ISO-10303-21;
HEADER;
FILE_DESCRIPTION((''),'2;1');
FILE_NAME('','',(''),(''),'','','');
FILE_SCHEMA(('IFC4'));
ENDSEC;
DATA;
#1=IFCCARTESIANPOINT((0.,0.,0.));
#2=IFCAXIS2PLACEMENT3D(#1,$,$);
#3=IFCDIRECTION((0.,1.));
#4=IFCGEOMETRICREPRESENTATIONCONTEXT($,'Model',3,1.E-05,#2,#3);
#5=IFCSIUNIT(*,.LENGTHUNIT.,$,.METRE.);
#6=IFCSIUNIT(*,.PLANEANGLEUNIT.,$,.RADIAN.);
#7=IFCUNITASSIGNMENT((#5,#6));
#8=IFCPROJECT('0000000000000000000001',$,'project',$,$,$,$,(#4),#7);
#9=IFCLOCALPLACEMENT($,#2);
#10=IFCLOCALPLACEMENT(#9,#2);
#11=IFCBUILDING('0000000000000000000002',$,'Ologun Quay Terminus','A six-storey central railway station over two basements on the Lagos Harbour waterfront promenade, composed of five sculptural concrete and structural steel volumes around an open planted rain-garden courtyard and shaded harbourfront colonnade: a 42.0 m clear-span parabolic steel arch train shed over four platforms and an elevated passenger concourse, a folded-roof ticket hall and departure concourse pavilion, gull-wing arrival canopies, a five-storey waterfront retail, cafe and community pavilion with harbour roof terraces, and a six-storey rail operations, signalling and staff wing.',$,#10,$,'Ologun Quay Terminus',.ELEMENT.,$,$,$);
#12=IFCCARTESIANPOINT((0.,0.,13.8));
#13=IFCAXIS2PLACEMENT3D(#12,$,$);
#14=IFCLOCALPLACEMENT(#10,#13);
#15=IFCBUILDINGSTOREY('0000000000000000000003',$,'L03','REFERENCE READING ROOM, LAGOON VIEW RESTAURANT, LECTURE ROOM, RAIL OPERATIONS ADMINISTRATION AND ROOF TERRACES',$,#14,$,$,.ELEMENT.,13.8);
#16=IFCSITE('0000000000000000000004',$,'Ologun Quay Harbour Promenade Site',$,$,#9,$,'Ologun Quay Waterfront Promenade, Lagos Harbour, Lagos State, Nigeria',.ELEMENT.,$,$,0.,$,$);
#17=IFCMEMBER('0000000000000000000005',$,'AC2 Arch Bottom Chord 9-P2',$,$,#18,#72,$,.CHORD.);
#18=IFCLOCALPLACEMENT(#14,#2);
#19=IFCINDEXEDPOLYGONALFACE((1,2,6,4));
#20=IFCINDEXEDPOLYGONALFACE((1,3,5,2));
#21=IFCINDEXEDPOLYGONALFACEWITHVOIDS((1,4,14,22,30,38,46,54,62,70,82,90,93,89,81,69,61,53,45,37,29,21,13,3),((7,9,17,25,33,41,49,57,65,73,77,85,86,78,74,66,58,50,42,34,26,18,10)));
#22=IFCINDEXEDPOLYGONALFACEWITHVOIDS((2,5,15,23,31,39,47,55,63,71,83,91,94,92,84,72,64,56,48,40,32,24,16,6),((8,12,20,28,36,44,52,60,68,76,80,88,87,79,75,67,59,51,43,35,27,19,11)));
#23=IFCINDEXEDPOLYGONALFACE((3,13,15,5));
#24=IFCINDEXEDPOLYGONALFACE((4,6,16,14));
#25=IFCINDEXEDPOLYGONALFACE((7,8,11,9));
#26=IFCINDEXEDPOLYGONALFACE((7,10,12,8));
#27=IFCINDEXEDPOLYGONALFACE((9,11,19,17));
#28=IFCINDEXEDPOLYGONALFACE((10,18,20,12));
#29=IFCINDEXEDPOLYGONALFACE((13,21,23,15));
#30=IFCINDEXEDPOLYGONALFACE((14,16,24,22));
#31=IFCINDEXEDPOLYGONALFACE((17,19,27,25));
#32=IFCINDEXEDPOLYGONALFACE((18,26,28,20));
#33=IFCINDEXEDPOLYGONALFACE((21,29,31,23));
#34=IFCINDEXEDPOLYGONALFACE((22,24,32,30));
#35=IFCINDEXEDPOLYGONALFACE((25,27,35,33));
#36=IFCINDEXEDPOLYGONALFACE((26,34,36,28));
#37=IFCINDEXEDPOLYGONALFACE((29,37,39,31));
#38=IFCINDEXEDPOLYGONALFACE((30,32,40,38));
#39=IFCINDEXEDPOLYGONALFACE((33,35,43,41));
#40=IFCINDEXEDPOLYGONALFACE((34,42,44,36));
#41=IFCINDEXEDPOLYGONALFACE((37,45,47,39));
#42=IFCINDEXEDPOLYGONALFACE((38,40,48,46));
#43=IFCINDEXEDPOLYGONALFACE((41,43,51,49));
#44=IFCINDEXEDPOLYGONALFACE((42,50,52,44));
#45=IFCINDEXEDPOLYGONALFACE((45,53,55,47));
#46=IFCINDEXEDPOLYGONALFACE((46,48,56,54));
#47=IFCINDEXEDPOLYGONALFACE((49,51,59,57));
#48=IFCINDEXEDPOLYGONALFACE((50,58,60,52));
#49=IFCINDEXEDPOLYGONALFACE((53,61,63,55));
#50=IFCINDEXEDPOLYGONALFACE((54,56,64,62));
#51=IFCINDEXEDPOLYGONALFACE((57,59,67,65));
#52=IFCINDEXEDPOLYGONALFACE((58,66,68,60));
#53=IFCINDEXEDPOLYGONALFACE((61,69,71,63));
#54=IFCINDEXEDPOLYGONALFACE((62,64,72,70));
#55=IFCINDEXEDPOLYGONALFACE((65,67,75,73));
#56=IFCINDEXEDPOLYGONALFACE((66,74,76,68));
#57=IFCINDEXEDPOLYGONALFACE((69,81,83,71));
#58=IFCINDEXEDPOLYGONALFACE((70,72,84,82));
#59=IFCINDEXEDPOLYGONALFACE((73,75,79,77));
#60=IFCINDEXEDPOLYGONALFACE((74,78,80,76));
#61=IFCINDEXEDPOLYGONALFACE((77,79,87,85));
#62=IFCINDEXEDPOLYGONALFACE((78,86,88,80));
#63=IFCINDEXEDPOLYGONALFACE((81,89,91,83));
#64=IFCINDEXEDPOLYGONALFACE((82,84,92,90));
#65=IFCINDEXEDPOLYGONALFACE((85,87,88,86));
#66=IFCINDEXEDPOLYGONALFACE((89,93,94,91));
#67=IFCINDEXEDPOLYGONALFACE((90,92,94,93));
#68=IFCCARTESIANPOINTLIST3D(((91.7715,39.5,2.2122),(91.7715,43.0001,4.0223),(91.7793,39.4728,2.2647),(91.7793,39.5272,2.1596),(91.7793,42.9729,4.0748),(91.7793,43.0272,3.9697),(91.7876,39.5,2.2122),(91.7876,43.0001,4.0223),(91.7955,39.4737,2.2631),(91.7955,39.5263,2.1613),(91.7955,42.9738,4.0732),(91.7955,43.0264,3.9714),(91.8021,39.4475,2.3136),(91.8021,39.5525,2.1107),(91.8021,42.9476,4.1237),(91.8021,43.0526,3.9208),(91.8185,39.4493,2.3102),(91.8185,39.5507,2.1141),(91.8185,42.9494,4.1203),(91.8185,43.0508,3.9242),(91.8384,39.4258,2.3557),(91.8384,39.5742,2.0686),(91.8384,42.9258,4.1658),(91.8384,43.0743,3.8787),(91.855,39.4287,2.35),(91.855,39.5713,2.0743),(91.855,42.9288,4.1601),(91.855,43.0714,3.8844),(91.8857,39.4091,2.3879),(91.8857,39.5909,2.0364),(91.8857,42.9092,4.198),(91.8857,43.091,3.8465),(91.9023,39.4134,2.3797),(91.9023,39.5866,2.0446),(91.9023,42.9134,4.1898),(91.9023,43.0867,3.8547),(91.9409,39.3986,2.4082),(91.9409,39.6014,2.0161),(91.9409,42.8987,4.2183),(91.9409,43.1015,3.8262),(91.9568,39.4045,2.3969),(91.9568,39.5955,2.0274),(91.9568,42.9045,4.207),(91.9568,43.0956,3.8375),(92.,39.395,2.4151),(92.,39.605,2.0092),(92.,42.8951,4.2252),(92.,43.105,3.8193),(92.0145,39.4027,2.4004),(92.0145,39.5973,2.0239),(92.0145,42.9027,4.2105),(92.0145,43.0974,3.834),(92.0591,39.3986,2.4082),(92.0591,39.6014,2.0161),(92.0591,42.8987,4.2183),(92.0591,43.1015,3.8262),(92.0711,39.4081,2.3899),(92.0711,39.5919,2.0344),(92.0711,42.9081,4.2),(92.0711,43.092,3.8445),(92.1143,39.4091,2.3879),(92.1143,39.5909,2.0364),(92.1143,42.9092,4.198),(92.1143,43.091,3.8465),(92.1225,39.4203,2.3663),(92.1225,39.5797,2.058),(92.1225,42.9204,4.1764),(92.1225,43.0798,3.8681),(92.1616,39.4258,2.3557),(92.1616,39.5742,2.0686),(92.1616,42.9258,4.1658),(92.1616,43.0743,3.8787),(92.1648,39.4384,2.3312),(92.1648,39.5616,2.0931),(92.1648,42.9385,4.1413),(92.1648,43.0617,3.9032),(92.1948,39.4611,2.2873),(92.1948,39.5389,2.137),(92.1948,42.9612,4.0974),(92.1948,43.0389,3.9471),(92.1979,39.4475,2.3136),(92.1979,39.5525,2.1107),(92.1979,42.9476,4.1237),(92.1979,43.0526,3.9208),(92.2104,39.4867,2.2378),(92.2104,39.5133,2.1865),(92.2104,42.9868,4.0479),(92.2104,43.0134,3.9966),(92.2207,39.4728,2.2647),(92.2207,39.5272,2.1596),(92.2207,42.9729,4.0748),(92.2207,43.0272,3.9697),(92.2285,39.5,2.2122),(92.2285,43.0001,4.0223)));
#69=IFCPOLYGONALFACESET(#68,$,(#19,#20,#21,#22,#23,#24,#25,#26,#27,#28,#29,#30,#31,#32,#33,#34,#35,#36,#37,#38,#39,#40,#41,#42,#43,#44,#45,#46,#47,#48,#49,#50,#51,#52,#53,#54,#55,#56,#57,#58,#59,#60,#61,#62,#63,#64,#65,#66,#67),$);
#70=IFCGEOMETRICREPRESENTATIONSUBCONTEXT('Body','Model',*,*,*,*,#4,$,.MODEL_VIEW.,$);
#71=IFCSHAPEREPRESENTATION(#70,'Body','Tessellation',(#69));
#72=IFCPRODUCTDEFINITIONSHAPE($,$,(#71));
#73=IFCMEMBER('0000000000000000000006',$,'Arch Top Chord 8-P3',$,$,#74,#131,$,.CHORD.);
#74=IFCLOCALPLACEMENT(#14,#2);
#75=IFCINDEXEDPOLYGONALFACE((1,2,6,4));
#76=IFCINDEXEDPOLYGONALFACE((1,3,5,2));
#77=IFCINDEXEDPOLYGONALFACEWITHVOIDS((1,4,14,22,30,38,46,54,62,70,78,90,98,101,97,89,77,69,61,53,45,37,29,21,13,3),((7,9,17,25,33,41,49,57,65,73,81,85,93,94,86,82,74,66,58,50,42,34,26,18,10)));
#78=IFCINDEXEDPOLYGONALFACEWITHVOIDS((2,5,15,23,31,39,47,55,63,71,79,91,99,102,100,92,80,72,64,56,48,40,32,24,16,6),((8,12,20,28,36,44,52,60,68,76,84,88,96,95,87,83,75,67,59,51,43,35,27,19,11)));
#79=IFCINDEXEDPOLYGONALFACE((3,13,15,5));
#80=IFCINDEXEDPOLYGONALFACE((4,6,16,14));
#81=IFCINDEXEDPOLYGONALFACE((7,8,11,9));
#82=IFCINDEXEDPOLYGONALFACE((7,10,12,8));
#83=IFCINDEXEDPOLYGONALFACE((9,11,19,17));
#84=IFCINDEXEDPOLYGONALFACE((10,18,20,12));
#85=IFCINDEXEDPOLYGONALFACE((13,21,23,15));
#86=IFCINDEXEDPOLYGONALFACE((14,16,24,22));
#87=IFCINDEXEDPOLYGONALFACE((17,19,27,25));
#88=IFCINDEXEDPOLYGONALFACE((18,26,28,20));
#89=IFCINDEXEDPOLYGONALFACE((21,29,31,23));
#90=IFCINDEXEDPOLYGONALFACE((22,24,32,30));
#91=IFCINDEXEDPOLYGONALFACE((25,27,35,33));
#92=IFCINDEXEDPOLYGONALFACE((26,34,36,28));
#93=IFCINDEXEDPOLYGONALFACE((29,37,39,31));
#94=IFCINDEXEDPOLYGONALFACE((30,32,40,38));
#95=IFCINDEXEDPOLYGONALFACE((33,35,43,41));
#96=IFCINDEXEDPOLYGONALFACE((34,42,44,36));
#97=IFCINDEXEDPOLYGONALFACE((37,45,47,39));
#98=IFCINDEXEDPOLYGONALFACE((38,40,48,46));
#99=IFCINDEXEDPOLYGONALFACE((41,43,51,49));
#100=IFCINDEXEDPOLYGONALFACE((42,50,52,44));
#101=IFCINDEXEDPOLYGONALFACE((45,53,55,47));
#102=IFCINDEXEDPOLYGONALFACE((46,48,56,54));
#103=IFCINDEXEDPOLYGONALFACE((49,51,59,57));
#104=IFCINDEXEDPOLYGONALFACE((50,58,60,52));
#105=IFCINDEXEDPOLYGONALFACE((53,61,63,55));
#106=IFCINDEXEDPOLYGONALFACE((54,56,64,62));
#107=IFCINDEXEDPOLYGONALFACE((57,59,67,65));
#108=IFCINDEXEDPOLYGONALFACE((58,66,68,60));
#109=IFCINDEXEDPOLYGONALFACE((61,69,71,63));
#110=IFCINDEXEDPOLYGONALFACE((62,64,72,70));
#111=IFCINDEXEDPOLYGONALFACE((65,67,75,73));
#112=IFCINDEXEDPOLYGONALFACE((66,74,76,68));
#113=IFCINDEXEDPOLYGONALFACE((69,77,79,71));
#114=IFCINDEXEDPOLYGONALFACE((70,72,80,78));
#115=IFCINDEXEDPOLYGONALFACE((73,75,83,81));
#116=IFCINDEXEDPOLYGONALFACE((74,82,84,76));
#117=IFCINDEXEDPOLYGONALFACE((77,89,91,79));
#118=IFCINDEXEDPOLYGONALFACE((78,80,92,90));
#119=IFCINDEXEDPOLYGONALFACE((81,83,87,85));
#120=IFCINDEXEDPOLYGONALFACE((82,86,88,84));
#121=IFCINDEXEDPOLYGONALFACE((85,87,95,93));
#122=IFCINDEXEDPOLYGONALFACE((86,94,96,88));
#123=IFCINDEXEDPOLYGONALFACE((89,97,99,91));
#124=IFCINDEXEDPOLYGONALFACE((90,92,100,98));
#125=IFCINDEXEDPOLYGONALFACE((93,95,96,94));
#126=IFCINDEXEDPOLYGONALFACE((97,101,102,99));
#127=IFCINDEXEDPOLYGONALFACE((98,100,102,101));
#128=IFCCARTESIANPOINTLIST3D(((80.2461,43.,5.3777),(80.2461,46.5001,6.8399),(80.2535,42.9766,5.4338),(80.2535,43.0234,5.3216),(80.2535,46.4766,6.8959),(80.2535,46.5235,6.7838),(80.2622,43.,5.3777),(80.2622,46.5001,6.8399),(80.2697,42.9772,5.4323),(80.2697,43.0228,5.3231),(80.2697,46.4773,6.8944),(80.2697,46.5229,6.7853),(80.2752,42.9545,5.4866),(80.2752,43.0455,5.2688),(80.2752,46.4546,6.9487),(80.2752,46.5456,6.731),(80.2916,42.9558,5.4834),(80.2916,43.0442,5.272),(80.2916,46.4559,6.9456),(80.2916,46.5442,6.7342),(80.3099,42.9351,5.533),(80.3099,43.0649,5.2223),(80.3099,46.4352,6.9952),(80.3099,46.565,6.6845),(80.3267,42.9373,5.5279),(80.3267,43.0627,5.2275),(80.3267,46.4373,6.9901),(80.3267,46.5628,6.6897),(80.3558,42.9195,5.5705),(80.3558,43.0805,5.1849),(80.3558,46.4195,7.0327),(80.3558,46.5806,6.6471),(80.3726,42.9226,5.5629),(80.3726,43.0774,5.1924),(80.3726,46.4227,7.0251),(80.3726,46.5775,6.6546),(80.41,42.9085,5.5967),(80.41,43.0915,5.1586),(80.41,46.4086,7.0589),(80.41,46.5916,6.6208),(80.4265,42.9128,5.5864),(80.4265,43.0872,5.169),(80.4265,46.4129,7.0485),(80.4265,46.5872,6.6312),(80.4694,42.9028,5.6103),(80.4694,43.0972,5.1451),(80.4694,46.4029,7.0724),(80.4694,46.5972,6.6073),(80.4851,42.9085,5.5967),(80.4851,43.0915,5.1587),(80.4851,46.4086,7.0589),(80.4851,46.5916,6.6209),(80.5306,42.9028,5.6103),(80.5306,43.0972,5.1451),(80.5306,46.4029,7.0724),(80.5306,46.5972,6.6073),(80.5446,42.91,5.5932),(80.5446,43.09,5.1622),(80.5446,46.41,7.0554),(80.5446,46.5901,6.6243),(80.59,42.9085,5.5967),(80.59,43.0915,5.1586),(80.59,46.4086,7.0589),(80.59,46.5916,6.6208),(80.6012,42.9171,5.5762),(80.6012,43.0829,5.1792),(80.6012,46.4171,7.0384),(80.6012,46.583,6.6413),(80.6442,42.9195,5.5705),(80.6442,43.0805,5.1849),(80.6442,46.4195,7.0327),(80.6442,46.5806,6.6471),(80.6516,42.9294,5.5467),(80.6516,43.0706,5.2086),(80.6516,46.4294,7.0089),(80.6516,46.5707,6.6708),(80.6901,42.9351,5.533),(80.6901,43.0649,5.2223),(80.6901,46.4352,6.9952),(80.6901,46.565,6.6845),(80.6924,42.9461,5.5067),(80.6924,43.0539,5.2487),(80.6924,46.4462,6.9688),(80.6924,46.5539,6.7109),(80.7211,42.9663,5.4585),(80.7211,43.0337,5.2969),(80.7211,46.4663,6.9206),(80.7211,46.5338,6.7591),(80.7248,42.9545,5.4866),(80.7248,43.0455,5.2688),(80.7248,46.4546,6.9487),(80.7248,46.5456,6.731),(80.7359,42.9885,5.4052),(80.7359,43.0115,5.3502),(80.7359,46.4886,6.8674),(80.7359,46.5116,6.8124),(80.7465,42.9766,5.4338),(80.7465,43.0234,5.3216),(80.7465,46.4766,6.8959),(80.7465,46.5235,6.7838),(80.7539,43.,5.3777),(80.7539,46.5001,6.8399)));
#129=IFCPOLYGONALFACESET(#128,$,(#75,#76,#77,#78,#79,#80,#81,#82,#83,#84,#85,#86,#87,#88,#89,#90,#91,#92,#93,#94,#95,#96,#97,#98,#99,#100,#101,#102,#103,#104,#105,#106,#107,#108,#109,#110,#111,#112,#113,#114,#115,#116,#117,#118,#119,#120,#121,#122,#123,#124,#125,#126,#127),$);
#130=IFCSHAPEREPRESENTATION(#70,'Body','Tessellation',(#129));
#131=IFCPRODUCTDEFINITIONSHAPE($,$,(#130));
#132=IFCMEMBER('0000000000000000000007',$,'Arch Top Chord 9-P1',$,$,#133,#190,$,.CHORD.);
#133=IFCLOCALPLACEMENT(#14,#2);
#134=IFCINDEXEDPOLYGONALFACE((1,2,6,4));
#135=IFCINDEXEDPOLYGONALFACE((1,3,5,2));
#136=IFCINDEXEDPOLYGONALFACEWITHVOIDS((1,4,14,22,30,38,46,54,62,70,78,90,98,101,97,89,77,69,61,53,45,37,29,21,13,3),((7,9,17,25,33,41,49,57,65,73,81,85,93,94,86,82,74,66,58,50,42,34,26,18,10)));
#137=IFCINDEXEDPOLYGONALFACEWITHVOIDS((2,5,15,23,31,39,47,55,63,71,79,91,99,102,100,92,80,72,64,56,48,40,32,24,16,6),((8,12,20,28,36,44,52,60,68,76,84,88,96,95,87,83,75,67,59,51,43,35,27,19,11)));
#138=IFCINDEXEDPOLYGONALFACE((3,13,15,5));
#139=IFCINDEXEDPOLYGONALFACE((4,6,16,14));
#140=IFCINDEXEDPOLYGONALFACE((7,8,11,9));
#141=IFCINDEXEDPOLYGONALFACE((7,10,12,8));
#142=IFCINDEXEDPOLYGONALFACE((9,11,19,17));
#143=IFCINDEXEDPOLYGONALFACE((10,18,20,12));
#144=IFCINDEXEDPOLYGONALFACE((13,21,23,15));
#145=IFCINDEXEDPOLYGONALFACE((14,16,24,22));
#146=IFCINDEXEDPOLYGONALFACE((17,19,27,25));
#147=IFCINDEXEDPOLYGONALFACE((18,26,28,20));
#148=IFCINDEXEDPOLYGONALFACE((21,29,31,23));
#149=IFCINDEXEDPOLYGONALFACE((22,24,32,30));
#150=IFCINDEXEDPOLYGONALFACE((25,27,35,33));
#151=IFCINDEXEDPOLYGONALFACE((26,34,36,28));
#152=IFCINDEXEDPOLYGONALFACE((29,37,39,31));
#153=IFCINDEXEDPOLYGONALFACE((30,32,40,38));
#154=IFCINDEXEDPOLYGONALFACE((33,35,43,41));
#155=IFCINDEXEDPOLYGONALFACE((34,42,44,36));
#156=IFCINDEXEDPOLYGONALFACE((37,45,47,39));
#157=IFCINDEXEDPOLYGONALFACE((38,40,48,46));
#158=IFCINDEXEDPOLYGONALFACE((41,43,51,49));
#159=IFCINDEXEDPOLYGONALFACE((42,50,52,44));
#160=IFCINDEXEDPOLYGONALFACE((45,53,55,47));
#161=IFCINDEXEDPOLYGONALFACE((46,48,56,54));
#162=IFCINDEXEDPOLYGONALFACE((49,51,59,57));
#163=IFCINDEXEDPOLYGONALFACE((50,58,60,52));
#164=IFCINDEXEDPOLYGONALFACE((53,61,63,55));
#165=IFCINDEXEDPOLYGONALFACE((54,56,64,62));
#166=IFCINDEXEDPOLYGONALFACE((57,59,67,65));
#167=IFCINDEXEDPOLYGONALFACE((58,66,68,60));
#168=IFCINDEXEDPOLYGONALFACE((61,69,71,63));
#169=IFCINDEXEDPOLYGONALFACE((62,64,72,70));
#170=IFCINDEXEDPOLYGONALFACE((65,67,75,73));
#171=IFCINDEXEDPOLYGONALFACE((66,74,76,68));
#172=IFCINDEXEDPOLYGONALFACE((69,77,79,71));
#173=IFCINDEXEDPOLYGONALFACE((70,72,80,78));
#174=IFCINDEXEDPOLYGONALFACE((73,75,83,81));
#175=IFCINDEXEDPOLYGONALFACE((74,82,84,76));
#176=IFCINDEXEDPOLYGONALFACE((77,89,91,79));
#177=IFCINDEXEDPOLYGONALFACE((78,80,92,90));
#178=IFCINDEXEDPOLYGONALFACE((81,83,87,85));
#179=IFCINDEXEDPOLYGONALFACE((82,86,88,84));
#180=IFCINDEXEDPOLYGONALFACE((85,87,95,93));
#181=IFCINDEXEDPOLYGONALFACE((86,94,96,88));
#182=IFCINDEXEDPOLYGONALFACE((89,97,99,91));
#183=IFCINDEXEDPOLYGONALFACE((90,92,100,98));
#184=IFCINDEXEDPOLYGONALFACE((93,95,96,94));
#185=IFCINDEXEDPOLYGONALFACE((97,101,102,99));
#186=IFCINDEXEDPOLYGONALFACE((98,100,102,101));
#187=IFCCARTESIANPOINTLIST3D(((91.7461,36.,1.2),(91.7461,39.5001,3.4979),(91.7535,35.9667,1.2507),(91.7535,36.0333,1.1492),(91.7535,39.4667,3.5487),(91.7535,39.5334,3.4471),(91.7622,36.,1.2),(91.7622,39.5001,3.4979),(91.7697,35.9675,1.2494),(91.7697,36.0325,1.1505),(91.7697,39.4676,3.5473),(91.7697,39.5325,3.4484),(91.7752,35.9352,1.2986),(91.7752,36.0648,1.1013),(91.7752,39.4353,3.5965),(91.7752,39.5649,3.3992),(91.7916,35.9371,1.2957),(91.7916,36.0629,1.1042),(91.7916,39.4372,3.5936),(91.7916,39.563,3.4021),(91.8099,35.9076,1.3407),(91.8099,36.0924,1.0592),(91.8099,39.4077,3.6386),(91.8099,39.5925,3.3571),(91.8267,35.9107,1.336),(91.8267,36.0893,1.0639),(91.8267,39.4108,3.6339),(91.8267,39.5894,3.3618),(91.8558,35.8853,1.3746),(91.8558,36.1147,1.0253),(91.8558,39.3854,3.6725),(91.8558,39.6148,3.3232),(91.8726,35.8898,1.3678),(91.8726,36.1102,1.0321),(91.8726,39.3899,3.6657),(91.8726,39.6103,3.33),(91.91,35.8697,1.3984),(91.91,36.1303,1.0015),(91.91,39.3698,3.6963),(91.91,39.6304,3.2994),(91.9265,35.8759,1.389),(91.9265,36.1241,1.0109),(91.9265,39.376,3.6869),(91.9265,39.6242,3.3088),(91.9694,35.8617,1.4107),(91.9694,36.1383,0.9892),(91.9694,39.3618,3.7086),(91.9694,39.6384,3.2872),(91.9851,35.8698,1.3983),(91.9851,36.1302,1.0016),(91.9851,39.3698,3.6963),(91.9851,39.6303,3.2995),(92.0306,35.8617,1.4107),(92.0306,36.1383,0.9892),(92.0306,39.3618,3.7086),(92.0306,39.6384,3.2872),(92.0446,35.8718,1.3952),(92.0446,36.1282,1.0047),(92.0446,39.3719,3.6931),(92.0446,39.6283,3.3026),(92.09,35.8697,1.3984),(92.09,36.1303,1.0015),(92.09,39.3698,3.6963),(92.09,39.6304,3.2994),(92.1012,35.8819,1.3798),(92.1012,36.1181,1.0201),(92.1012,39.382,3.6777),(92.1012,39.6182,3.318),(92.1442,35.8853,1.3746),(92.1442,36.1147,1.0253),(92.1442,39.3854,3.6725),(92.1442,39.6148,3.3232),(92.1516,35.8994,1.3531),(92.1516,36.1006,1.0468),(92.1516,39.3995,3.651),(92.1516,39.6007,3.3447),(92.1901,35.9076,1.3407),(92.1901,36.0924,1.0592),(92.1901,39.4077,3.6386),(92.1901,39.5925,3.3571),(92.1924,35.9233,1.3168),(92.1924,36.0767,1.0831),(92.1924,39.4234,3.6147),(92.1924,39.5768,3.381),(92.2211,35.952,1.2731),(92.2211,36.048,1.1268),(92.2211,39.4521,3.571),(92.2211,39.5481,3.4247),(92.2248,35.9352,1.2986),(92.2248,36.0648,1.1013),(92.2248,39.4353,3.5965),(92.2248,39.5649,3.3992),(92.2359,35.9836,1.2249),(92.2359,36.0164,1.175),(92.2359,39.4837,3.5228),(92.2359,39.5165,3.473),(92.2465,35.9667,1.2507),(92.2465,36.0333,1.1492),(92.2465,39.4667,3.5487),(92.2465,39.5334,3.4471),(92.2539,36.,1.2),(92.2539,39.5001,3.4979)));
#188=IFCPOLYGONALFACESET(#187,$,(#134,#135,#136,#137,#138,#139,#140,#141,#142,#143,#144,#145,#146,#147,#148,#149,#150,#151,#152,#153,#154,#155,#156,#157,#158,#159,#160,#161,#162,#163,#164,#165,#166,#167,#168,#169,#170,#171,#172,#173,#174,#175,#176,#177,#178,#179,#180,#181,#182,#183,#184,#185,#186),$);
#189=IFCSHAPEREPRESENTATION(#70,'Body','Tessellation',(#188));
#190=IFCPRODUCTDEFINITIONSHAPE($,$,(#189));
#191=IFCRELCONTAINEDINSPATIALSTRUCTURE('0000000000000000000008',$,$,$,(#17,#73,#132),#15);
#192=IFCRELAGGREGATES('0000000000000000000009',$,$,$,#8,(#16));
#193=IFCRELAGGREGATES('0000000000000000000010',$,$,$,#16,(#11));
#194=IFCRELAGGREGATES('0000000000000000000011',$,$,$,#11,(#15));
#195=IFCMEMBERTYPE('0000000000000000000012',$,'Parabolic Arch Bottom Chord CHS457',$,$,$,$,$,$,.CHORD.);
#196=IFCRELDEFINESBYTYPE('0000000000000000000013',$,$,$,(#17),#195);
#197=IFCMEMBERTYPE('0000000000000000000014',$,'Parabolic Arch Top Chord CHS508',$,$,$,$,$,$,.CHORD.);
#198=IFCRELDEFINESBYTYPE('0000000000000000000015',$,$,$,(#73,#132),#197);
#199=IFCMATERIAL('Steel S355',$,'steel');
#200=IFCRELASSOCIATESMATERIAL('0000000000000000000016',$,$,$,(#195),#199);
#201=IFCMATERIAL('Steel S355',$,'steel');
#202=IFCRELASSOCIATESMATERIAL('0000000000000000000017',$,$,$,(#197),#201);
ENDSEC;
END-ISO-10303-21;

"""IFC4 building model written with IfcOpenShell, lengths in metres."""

from ifc_helpers import new_model, si_unit, direction, frame, origin, origin_2d, place, context, subcontext, project, spatial, hollow_circle, extrude, material, material_profile, profile_set, type_object, element, save


model = new_model("IFC4")

# Units and contexts
model_context = context("Model", 3, precision=1e-05, world=origin(), true_north=direction((0.0, 1.0)))
body_context = subcontext(model_context, "Body", "Model", "MODEL_VIEW")
ifc_project = project(units=[si_unit("LENGTHUNIT", "METRE"), si_unit("PLANEANGLEUNIT", "RADIAN")], contexts=[model_context])

# Site, building, storey
site_placement = place(None, origin())
site = spatial("IfcSite", under=ifc_project, at=site_placement, Name="Ologun Quay Harbour Promenade Site", LongName="Ologun Quay Waterfront Promenade, Lagos Harbour, Lagos State, Nigeria", CompositionType="ELEMENT", RefElevation=0.0)
building_placement = place(site_placement, origin())
building = spatial("IfcBuilding", under=site, at=building_placement, Name="Ologun Quay Terminus", Description="A six-storey central railway station over two basements on the Lagos Harbour waterfront promenade, composed of five sculptural concrete and structural steel volumes around an open planted rain-garden courtyard and shaded harbourfront colonnade: a 42.0 m clear-span parabolic steel arch train shed over four platforms and an elevated passenger concourse, a folded-roof ticket hall and departure concourse pavilion, gull-wing arrival canopies, a five-storey waterfront retail, cafe and community pavilion with harbour roof terraces, and a six-storey rail operations, signalling and staff wing.", LongName="Ologun Quay Terminus", CompositionType="ELEMENT")
storey_placement = place(building_placement, frame((0.0, 0.0, 13.8)))
storey = spatial("IfcBuildingStorey", under=building, at=storey_placement, Name="L03", Description="REFERENCE READING ROOM, LAGOON VIEW RESTAURANT, LECTURE ROOM, RAIL OPERATIONS ADMINISTRATION AND ROOF TERRACES", CompositionType="ELEMENT", Elevation=13.8)

# Members
ifc_material_1 = material(Name="Steel S355", Category="steel")
ifc_material_profile_1 = material_profile(ifc_material_1, hollow_circle(Radius=0.2285, WallThickness=0.0161, at=origin_2d()), Name="CHS 457x16")
ifc_profile_set_1 = profile_set([ifc_material_profile_1], Name="Steel S355")
member_type_1 = type_object("IfcMemberType", Name="Parabolic Arch Bottom Chord CHS457", PredefinedType="CHORD", material=ifc_profile_set_1)
member_1_placement = place(storey_placement, frame((92.0, 39.5, 2.2122), z_axis=(0.0, 0.888247, 0.459366), x_axis=(-1.0, 0.0, 0.0)))
element("IfcMember", 1, at=member_1_placement, inside=storey, type_object=member_type_1, Name="AC2 Arch Bottom Chord 9-P2", PredefinedType="CHORD", context=body_context, shape_type="SweptSolid", body=[
    extrude(hollow_circle(Radius=0.2285, WallThickness=0.0161, at=origin_2d()), origin(), (0.0, 0.0, 1.0), 3.9404),
])
ifc_material_2 = material(Name="Steel S355", Category="steel")
ifc_material_profile_2 = material_profile(ifc_material_2, hollow_circle(Radius=0.2539, WallThickness=0.0161, at=origin_2d()), Name="CHS 508x16")
ifc_profile_set_2 = profile_set([ifc_material_profile_2], Name="Steel S355")
member_type_2 = type_object("IfcMemberType", Name="Parabolic Arch Top Chord CHS508", PredefinedType="CHORD", material=ifc_profile_set_2)
member_2_placement = place(storey_placement, frame((80.5, 43.0, 5.3777), z_axis=(0.0, 0.922719, 0.385474), x_axis=(-1.0, 0.0, 0.0)))
element("IfcMember", 2, at=member_2_placement, inside=storey, type_object=member_type_2, Name="Arch Top Chord 8-P3", PredefinedType="CHORD", context=body_context, shape_type="SweptSolid", body=[
    extrude(hollow_circle(Radius=0.2539, WallThickness=0.0161, at=origin_2d()), origin(), (0.0, 0.0, 1.0), 3.7932),
])
member_3_placement = place(storey_placement, frame((92.0, 36.0, 1.2), z_axis=(0.0, 0.835941, 0.548819), x_axis=(-1.0, 0.0, 0.0)))
element("IfcMember", 3, at=member_3_placement, inside=storey, type_object=member_type_2, Name="Arch Top Chord 9-P1", PredefinedType="CHORD", context=body_context, shape_type="SweptSolid", body=[
    extrude(hollow_circle(Radius=0.2539, WallThickness=0.0161, at=origin_2d()), origin(), (0.0, 0.0, 1.0), 4.187),
])

save(model, "model.ifc")
